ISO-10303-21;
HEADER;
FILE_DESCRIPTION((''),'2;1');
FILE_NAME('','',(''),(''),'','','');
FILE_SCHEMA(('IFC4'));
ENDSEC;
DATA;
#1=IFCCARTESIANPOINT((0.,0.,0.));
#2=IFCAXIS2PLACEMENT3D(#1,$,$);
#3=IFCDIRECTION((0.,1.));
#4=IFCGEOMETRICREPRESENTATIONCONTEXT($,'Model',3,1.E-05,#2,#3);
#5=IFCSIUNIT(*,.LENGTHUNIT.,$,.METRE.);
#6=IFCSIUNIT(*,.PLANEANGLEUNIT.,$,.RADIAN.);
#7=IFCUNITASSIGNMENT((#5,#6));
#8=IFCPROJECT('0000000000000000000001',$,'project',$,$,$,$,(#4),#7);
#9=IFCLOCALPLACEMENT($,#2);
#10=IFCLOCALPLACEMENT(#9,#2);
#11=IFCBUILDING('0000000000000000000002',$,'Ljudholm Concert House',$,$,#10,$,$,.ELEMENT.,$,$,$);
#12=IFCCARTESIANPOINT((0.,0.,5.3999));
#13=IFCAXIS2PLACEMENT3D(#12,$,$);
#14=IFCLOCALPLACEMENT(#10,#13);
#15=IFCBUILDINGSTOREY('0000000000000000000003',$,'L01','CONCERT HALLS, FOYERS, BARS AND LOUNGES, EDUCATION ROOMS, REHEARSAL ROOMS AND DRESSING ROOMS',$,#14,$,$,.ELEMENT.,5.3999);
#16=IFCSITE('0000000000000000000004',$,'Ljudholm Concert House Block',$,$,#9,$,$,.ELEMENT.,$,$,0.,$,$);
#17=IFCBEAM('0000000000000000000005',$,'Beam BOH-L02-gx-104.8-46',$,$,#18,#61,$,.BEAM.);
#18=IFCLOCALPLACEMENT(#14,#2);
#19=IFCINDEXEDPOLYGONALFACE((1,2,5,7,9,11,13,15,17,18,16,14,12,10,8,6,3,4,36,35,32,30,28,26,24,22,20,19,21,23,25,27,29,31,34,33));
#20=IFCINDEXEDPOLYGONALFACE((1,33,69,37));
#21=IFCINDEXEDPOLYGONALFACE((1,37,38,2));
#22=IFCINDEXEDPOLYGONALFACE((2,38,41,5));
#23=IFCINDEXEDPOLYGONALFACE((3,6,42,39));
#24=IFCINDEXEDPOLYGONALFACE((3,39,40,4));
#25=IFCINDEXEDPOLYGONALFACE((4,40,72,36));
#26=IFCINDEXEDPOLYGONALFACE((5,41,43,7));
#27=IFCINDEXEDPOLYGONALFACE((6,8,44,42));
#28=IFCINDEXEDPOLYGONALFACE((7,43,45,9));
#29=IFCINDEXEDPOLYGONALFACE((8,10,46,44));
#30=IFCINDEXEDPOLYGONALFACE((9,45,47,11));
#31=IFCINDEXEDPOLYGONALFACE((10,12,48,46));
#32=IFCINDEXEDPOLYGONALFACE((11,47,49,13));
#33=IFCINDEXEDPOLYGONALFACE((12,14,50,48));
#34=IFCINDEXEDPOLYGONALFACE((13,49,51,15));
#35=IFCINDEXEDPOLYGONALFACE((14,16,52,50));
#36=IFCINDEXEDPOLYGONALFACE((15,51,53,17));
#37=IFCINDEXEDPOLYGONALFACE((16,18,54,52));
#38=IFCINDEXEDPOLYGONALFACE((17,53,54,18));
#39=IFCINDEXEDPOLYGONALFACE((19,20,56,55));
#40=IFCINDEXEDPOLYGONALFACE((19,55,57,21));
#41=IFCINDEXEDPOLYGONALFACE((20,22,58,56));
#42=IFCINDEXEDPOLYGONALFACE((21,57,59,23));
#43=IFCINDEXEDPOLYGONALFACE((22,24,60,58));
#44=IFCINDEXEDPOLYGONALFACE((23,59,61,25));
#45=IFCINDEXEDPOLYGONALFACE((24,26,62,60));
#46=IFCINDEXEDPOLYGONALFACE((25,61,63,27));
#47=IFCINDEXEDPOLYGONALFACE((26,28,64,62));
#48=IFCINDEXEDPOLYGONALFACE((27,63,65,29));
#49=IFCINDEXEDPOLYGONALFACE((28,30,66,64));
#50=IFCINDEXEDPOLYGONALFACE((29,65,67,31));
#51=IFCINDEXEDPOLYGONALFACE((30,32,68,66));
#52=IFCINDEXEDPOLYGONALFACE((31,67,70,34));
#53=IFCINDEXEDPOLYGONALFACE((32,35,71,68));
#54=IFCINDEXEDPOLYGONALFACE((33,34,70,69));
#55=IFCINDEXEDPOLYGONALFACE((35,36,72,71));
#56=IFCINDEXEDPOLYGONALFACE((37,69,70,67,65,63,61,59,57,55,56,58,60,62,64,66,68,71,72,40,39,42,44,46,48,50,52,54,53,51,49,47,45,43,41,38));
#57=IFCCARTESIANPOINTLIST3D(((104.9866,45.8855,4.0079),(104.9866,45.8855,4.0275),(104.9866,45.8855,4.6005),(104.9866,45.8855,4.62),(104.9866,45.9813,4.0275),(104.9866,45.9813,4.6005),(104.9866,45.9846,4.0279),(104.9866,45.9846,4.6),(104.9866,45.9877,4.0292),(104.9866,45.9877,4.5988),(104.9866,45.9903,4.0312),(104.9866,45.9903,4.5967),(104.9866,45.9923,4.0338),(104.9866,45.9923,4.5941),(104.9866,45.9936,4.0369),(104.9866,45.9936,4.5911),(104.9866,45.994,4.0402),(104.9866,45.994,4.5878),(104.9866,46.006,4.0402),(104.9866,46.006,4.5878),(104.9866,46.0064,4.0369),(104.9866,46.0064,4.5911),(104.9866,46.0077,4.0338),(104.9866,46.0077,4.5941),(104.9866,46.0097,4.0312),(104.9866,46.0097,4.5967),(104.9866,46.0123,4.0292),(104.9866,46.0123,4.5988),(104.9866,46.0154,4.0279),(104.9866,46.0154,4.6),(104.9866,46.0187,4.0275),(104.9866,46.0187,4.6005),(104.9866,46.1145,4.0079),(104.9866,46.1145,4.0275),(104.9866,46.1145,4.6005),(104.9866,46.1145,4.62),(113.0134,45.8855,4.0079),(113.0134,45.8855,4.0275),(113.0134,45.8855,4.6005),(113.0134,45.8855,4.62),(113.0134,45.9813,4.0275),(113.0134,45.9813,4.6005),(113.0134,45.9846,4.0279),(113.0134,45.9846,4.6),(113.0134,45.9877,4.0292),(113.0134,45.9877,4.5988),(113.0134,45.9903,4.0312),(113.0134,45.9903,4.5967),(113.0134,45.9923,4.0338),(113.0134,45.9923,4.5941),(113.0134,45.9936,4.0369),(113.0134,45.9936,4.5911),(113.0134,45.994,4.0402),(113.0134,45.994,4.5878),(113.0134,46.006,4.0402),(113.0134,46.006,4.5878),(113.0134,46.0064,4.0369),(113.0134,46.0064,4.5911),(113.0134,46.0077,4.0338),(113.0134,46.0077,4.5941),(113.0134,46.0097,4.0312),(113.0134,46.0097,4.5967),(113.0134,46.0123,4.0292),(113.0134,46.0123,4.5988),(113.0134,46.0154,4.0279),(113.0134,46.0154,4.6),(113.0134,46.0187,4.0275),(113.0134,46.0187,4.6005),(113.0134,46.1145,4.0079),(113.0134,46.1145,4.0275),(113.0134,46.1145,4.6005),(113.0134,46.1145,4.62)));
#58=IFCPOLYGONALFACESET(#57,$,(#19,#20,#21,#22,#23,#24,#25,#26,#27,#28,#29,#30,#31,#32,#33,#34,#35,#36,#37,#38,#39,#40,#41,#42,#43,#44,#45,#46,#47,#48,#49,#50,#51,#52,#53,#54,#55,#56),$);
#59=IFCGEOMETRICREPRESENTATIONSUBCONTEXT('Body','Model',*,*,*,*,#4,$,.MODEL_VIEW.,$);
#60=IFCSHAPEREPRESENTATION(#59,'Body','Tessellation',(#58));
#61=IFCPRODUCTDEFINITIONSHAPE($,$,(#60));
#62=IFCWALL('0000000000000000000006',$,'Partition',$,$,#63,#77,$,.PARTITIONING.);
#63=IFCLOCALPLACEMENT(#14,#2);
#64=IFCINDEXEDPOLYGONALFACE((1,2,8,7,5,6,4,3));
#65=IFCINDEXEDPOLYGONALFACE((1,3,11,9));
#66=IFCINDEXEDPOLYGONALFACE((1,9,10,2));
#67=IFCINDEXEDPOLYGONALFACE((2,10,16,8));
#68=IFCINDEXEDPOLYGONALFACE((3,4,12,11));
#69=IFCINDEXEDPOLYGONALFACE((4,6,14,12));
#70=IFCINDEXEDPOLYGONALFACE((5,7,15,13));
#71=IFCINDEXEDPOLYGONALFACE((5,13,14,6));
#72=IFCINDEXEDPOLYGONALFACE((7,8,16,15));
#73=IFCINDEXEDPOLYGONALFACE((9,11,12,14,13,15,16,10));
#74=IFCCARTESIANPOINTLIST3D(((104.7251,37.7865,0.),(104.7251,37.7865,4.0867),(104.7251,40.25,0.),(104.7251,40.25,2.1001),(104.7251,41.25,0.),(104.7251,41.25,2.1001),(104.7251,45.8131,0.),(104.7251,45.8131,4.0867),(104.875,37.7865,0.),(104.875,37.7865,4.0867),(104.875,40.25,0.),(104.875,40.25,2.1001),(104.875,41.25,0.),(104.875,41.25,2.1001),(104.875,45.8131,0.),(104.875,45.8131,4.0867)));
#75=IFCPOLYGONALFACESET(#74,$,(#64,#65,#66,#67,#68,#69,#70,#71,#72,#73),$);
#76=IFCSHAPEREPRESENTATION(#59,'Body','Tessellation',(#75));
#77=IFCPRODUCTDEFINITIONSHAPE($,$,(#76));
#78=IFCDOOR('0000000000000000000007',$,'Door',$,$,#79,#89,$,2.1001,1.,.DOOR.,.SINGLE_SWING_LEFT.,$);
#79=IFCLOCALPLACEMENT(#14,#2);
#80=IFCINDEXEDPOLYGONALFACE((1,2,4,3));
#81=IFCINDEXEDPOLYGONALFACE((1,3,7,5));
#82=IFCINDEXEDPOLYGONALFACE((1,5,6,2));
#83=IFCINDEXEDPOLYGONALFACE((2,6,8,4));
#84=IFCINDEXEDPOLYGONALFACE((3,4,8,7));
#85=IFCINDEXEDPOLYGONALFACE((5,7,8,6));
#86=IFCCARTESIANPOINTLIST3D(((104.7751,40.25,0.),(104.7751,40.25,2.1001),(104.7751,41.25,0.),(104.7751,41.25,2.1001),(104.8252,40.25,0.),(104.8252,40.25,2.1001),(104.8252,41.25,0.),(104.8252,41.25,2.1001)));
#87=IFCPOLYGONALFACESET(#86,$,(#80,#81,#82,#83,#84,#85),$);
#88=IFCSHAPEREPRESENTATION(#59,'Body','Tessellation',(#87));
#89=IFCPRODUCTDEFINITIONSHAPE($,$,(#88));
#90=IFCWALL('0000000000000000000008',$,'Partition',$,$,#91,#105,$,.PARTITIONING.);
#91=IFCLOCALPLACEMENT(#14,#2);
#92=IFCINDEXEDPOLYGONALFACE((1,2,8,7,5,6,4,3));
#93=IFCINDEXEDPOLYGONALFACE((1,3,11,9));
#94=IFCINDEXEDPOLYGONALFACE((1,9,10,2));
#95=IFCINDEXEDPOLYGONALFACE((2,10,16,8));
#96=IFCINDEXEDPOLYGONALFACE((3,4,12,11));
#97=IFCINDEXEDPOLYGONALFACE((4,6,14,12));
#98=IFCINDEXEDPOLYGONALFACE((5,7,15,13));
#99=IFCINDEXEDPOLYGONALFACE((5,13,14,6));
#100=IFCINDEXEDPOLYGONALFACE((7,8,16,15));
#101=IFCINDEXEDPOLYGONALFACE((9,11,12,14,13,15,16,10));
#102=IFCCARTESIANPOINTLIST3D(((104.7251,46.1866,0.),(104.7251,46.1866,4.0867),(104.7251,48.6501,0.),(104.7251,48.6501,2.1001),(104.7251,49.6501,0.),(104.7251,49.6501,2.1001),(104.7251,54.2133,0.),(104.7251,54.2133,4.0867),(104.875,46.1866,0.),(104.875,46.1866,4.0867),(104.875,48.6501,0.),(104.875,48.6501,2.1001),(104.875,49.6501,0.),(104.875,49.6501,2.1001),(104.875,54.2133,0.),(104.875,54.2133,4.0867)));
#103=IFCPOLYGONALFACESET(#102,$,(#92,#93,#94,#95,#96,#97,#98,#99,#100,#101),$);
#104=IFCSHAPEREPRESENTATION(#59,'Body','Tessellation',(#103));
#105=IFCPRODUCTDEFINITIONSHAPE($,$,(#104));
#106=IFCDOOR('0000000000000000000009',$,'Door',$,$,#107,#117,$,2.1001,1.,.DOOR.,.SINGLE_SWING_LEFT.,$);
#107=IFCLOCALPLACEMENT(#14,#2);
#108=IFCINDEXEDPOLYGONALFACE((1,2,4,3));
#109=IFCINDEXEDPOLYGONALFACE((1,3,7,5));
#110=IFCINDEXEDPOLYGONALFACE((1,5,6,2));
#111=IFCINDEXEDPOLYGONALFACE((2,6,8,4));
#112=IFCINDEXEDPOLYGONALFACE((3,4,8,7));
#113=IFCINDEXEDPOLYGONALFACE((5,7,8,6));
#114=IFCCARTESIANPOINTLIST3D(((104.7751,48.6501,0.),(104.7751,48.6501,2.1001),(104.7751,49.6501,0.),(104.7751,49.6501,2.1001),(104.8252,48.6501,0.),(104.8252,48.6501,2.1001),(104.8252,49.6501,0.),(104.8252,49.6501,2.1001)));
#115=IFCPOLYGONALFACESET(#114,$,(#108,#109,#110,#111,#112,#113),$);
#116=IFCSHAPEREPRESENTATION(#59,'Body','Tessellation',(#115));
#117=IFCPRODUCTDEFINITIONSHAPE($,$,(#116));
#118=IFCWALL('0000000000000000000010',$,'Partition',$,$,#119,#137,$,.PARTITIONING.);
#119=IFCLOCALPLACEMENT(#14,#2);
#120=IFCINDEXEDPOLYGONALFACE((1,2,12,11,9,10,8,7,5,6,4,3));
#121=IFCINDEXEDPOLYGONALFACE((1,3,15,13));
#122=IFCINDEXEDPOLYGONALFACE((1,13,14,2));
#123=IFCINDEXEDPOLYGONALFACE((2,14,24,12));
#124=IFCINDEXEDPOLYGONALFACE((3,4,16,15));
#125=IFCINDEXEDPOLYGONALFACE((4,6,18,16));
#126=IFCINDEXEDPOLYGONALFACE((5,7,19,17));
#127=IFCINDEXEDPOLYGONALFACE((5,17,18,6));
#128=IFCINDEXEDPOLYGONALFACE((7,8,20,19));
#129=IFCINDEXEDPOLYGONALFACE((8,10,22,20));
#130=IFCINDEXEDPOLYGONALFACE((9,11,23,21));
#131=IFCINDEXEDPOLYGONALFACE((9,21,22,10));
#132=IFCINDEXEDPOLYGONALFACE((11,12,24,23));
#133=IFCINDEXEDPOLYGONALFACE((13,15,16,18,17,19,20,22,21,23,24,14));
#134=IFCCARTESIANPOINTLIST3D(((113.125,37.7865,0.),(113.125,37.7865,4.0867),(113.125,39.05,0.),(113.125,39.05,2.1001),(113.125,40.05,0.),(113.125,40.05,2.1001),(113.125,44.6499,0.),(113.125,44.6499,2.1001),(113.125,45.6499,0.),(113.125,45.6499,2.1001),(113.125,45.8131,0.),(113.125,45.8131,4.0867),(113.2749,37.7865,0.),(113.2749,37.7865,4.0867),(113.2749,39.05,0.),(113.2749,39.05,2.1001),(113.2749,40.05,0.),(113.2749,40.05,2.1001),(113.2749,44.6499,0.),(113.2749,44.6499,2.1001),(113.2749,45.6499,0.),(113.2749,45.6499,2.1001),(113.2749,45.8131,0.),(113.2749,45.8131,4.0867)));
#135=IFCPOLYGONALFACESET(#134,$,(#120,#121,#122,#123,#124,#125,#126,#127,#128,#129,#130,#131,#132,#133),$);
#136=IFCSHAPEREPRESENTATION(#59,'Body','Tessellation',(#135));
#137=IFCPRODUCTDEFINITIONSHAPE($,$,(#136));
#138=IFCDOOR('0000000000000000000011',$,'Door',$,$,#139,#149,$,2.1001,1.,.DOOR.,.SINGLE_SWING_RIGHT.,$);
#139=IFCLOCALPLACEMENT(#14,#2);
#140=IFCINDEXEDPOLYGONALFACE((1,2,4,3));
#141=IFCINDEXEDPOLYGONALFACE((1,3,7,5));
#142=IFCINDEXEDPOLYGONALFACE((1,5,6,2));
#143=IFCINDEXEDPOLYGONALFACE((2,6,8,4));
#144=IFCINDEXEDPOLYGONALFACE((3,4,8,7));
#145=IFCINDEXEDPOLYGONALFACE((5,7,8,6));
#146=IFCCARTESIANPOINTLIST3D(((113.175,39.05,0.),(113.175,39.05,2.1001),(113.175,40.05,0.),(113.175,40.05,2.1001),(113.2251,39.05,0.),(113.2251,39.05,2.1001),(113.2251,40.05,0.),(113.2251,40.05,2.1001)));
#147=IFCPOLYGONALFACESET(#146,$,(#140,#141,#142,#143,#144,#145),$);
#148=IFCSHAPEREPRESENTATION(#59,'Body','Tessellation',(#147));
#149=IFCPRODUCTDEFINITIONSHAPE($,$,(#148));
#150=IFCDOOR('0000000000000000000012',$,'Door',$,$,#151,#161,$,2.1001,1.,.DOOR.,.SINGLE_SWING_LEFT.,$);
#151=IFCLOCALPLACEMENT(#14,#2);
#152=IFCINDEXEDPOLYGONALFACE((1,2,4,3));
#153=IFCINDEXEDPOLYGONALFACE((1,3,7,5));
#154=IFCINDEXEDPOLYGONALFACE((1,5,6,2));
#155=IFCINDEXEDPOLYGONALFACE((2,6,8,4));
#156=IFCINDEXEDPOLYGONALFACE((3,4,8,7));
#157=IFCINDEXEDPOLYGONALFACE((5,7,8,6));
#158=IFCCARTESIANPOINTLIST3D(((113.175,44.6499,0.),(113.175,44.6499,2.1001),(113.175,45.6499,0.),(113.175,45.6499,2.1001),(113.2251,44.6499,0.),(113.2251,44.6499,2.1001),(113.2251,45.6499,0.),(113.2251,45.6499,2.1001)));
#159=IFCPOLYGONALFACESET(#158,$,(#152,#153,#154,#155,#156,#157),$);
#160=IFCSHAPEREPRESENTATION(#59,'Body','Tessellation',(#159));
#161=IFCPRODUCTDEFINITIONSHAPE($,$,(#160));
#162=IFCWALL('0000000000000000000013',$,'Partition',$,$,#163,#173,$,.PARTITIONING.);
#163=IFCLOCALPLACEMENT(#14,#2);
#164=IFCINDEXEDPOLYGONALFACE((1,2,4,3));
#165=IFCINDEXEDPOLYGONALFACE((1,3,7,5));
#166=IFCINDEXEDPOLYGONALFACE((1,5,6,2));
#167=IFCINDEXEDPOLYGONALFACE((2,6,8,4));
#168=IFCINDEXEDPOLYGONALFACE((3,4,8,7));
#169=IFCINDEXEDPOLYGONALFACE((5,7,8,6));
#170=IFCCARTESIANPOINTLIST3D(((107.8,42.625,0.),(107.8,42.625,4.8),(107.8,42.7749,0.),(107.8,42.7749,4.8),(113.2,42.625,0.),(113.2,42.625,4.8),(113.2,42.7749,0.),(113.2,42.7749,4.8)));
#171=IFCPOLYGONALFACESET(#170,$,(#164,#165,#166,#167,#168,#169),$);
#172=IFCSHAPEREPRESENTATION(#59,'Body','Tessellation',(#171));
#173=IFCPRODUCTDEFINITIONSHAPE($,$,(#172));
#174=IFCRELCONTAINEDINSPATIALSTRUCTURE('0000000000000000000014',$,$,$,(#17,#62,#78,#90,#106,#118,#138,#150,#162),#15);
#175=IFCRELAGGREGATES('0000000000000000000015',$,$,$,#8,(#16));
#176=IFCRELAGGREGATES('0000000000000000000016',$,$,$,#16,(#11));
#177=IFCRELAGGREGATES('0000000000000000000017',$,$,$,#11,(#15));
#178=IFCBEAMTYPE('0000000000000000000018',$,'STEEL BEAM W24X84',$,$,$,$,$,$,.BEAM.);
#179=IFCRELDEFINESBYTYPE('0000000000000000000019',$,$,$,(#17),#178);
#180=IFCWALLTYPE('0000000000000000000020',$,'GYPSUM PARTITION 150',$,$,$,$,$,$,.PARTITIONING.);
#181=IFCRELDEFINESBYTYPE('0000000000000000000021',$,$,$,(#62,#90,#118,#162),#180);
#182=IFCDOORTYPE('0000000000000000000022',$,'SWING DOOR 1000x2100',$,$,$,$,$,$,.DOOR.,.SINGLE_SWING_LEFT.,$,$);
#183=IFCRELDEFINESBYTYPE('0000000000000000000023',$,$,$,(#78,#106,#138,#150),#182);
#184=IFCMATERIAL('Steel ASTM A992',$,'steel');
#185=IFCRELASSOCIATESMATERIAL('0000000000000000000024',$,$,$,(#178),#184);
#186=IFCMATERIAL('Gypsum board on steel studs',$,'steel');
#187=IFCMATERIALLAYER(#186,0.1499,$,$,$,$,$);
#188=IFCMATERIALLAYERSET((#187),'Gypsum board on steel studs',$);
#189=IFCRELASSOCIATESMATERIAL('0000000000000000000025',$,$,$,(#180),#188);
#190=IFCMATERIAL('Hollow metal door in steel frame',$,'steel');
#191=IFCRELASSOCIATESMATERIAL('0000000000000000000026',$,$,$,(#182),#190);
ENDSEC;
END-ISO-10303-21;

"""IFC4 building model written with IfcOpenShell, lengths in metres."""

from ifc_helpers import new_model, si_unit, direction, frame, frame_2d, origin, origin_2d, place, context, subcontext, project, spatial, rectangle, i_section, extrude, material, layer, layer_set, material_profile, profile_set, type_object, element, fill, save


model = new_model("IFC4")

# Units and contexts
model_context = context("Model", 3, precision=1e-05, world=origin(), true_north=direction((0.0, 1.0)))
body_context = subcontext(model_context, "Body", "Model", "MODEL_VIEW")
ifc_project = project(units=[si_unit("LENGTHUNIT", "METRE"), si_unit("PLANEANGLEUNIT", "RADIAN")], contexts=[model_context])

# Site, building, storey
site_placement = place(None, origin())
site = spatial("IfcSite", under=ifc_project, at=site_placement, Name="Ljudholm Concert House Block", CompositionType="ELEMENT", RefElevation=0.0)
building_placement = place(site_placement, origin())
building = spatial("IfcBuilding", under=site, at=building_placement, Name="Ljudholm Concert House", CompositionType="ELEMENT")
storey_placement = place(building_placement, frame((0.0, 0.0, 5.3999)))
storey = spatial("IfcBuildingStorey", under=building, at=storey_placement, Name="L01", Description="CONCERT HALLS, FOYERS, BARS AND LOUNGES, EDUCATION ROOMS, REHEARSAL ROOMS AND DRESSING ROOMS", CompositionType="ELEMENT", Elevation=5.3999)

# Beam
ifc_material_1 = material(Name="Steel ASTM A992", Category="steel")
ifc_material_profile_1 = material_profile(ifc_material_1, i_section(OverallWidth=0.229, OverallDepth=0.6121, WebThickness=0.012, FlangeThickness=0.0195, FilletRadius=0.0127, at=origin_2d()), Name="W24X84")
ifc_profile_set_1 = profile_set([ifc_material_profile_1], Name="Steel ASTM A992")
beam_type_1 = type_object("IfcBeamType", Name="STEEL BEAM W24X84", PredefinedType="BEAM", material=ifc_profile_set_1)
beam_placement = place(storey_placement, frame((104.9866, 46.0, 4.314), z_axis=(1.0, 0.0, 0.0), x_axis=(0.0, 1.0, 0.0)))
element("IfcBeam", 1, at=beam_placement, inside=storey, type_object=beam_type_1, Name="Beam BOH-L02-gx-104.8-46", PredefinedType="BEAM", context=body_context, shape_type="SweptSolid", body=[
    extrude(i_section(OverallWidth=0.229, OverallDepth=0.6121, WebThickness=0.012, FlangeThickness=0.0195, FilletRadius=0.0127, at=origin_2d()), origin(), (0.0, 0.0, 1.0), 8.0269),
])

# Walls, openings, doors
ifc_material_2 = material(Name="Gypsum board on steel studs", Category="steel")
ifc_layer = layer(ifc_material_2, 0.1499)
ifc_layer_set = layer_set([ifc_layer], Name="Gypsum board on steel studs")
wall_type = type_object("IfcWallType", Name="GYPSUM PARTITION 150", PredefinedType="PARTITIONING", material=ifc_layer_set)
wall_1_placement = place(storey_placement, frame((104.8, 37.7866, 0.0), z_axis=(0.0, 0.0, 1.0), x_axis=(0.0, 1.0, 0.0)))
wall_1 = element("IfcWall", 2, at=wall_1_placement, inside=storey, type_object=wall_type, Name="Partition", PredefinedType="PARTITIONING", context=body_context, shape_type="SweptSolid", body=[
    extrude(rectangle(XDim=8.0266, YDim=0.1499, at=frame_2d((4.0132, 0.0))), origin(), (0.0, 0.0, 1.0), 4.0867),
])
opening_1_placement = place(wall_1_placement, frame((2.4634, 0.0, 0.0)))
opening_1 = element("IfcOpeningElement", 3, at=opening_1_placement, cuts=wall_1, PredefinedType="OPENING", context=body_context, shape_type="SweptSolid", body=[
    extrude(rectangle(XDim=1.0, YDim=2.1001, at=frame_2d((0.5, 1.05))), frame((0.0, 0.085, 0.0), z_axis=(0.0, -1.0, 0.0), x_axis=(1.0, 0.0, 0.0)), (0.0, 0.0, 1.0), 0.1699),
])
ifc_material_3 = material(Name="Hollow metal door in steel frame", Category="steel")
door_type = type_object("IfcDoorType", Name="SWING DOOR 1000x2100", OperationType="SINGLE_SWING_LEFT", PredefinedType="DOOR", material=ifc_material_3)
door_1_placement = place(opening_1_placement, origin())
door_1 = element("IfcDoor", 4, at=door_1_placement, inside=storey, type_object=door_type, Name="Door", OperationType="SINGLE_SWING_LEFT", OverallHeight=2.1001, OverallWidth=1.0, PredefinedType="DOOR", context=body_context, shape_type="SweptSolid", body=[
    extrude(rectangle(XDim=1.0, YDim=2.1001, at=frame_2d((0.5, 1.05))), frame((0.0, 0.0249, 0.0), z_axis=(0.0, -1.0, 0.0), x_axis=(1.0, 0.0, 0.0)), (0.0, 0.0, 1.0), 0.05),
])
fill(opening_1, door_1)
wall_2_placement = place(storey_placement, frame((104.8, 46.1868, 0.0), z_axis=(0.0, 0.0, 1.0), x_axis=(0.0, 1.0, 0.0)))
wall_2 = element("IfcWall", 5, at=wall_2_placement, inside=storey, type_object=wall_type, Name="Partition", PredefinedType="PARTITIONING", context=body_context, shape_type="SweptSolid", body=[
    extrude(rectangle(XDim=8.0266, YDim=0.1499, at=frame_2d((4.0132, 0.0))), origin(), (0.0, 0.0, 1.0), 4.0867),
])
opening_2_placement = place(wall_2_placement, frame((2.4634, 0.0, 0.0)))
opening_2 = element("IfcOpeningElement", 6, at=opening_2_placement, cuts=wall_2, PredefinedType="OPENING", context=body_context, shape_type="SweptSolid", body=[
    extrude(rectangle(XDim=1.0, YDim=2.1001, at=frame_2d((0.5, 1.05))), frame((0.0, 0.085, 0.0), z_axis=(0.0, -1.0, 0.0), x_axis=(1.0, 0.0, 0.0)), (0.0, 0.0, 1.0), 0.1699),
])
door_2_placement = place(opening_2_placement, origin())
door_2 = element("IfcDoor", 7, at=door_2_placement, inside=storey, type_object=door_type, Name="Door", OperationType="SINGLE_SWING_LEFT", OverallHeight=2.1001, OverallWidth=1.0, PredefinedType="DOOR", context=body_context, shape_type="SweptSolid", body=[
    extrude(rectangle(XDim=1.0, YDim=2.1001, at=frame_2d((0.5, 1.05))), frame((0.0, 0.0249, 0.0), z_axis=(0.0, -1.0, 0.0), x_axis=(1.0, 0.0, 0.0)), (0.0, 0.0, 1.0), 0.05),
])
fill(opening_2, door_2)

# Wall, openings, doors
wall_3_placement = place(storey_placement, frame((113.2, 37.7866, 0.0), z_axis=(0.0, 0.0, 1.0), x_axis=(0.0, 1.0, 0.0)))
wall_3 = element("IfcWall", 8, at=wall_3_placement, inside=storey, type_object=wall_type, Name="Partition", PredefinedType="PARTITIONING", context=body_context, shape_type="SweptSolid", body=[
    extrude(rectangle(XDim=8.0266, YDim=0.1499, at=frame_2d((4.0132, 0.0))), origin(), (0.0, 0.0, 1.0), 4.0867),
])
opening_3_placement = place(wall_3_placement, frame((1.2634, 0.0, 0.0)))
opening_3 = element("IfcOpeningElement", 9, at=opening_3_placement, cuts=wall_3, PredefinedType="OPENING", context=body_context, shape_type="SweptSolid", body=[
    extrude(rectangle(XDim=1.0, YDim=2.1001, at=frame_2d((0.5, 1.05))), frame((0.0, 0.085, 0.0), z_axis=(0.0, -1.0, 0.0), x_axis=(1.0, 0.0, 0.0)), (0.0, 0.0, 1.0), 0.1699),
])
opening_4_placement = place(wall_3_placement, frame((6.8633, 0.0, 0.0)))
opening_4 = element("IfcOpeningElement", 10, at=opening_4_placement, cuts=wall_3, PredefinedType="OPENING", context=body_context, shape_type="SweptSolid", body=[
    extrude(rectangle(XDim=1.0, YDim=2.1001, at=frame_2d((0.5, 1.05))), frame((0.0, 0.085, 0.0), z_axis=(0.0, -1.0, 0.0), x_axis=(1.0, 0.0, 0.0)), (0.0, 0.0, 1.0), 0.1699),
])
door_3_placement = place(opening_3_placement, origin())
door_3 = element("IfcDoor", 11, at=door_3_placement, inside=storey, type_object=door_type, Name="Door", OperationType="SINGLE_SWING_RIGHT", OverallHeight=2.1001, OverallWidth=1.0, PredefinedType="DOOR", context=body_context, shape_type="SweptSolid", body=[
    extrude(rectangle(XDim=1.0, YDim=2.1001, at=frame_2d((0.5, 1.05))), frame((0.0, 0.0249, 0.0), z_axis=(0.0, -1.0, 0.0), x_axis=(1.0, 0.0, 0.0)), (0.0, 0.0, 1.0), 0.05),
])
fill(opening_3, door_3)
door_4_placement = place(opening_4_placement, origin())
door_4 = element("IfcDoor", 12, at=door_4_placement, inside=storey, type_object=door_type, Name="Door", OperationType="SINGLE_SWING_LEFT", OverallHeight=2.1001, OverallWidth=1.0, PredefinedType="DOOR", context=body_context, shape_type="SweptSolid", body=[
    extrude(rectangle(XDim=1.0, YDim=2.1001, at=frame_2d((0.5, 1.05))), frame((0.0, 0.0249, 0.0), z_axis=(0.0, -1.0, 0.0), x_axis=(1.0, 0.0, 0.0)), (0.0, 0.0, 1.0), 0.05),
])
fill(opening_4, door_4)

# Wall
wall_4_placement = place(storey_placement, frame((107.8, 42.7, 0.0), z_axis=(0.0, 0.0, 1.0), x_axis=(1.0, 0.0, 0.0)))
element("IfcWall", 13, at=wall_4_placement, inside=storey, type_object=wall_type, Name="Partition", PredefinedType="PARTITIONING", context=body_context, shape_type="SweptSolid", body=[
    extrude(rectangle(XDim=5.3999, YDim=0.1499, at=frame_2d((2.7, 0.0))), origin(), (0.0, 0.0, 1.0), 4.8),
])

save(model, "model.ifc")
